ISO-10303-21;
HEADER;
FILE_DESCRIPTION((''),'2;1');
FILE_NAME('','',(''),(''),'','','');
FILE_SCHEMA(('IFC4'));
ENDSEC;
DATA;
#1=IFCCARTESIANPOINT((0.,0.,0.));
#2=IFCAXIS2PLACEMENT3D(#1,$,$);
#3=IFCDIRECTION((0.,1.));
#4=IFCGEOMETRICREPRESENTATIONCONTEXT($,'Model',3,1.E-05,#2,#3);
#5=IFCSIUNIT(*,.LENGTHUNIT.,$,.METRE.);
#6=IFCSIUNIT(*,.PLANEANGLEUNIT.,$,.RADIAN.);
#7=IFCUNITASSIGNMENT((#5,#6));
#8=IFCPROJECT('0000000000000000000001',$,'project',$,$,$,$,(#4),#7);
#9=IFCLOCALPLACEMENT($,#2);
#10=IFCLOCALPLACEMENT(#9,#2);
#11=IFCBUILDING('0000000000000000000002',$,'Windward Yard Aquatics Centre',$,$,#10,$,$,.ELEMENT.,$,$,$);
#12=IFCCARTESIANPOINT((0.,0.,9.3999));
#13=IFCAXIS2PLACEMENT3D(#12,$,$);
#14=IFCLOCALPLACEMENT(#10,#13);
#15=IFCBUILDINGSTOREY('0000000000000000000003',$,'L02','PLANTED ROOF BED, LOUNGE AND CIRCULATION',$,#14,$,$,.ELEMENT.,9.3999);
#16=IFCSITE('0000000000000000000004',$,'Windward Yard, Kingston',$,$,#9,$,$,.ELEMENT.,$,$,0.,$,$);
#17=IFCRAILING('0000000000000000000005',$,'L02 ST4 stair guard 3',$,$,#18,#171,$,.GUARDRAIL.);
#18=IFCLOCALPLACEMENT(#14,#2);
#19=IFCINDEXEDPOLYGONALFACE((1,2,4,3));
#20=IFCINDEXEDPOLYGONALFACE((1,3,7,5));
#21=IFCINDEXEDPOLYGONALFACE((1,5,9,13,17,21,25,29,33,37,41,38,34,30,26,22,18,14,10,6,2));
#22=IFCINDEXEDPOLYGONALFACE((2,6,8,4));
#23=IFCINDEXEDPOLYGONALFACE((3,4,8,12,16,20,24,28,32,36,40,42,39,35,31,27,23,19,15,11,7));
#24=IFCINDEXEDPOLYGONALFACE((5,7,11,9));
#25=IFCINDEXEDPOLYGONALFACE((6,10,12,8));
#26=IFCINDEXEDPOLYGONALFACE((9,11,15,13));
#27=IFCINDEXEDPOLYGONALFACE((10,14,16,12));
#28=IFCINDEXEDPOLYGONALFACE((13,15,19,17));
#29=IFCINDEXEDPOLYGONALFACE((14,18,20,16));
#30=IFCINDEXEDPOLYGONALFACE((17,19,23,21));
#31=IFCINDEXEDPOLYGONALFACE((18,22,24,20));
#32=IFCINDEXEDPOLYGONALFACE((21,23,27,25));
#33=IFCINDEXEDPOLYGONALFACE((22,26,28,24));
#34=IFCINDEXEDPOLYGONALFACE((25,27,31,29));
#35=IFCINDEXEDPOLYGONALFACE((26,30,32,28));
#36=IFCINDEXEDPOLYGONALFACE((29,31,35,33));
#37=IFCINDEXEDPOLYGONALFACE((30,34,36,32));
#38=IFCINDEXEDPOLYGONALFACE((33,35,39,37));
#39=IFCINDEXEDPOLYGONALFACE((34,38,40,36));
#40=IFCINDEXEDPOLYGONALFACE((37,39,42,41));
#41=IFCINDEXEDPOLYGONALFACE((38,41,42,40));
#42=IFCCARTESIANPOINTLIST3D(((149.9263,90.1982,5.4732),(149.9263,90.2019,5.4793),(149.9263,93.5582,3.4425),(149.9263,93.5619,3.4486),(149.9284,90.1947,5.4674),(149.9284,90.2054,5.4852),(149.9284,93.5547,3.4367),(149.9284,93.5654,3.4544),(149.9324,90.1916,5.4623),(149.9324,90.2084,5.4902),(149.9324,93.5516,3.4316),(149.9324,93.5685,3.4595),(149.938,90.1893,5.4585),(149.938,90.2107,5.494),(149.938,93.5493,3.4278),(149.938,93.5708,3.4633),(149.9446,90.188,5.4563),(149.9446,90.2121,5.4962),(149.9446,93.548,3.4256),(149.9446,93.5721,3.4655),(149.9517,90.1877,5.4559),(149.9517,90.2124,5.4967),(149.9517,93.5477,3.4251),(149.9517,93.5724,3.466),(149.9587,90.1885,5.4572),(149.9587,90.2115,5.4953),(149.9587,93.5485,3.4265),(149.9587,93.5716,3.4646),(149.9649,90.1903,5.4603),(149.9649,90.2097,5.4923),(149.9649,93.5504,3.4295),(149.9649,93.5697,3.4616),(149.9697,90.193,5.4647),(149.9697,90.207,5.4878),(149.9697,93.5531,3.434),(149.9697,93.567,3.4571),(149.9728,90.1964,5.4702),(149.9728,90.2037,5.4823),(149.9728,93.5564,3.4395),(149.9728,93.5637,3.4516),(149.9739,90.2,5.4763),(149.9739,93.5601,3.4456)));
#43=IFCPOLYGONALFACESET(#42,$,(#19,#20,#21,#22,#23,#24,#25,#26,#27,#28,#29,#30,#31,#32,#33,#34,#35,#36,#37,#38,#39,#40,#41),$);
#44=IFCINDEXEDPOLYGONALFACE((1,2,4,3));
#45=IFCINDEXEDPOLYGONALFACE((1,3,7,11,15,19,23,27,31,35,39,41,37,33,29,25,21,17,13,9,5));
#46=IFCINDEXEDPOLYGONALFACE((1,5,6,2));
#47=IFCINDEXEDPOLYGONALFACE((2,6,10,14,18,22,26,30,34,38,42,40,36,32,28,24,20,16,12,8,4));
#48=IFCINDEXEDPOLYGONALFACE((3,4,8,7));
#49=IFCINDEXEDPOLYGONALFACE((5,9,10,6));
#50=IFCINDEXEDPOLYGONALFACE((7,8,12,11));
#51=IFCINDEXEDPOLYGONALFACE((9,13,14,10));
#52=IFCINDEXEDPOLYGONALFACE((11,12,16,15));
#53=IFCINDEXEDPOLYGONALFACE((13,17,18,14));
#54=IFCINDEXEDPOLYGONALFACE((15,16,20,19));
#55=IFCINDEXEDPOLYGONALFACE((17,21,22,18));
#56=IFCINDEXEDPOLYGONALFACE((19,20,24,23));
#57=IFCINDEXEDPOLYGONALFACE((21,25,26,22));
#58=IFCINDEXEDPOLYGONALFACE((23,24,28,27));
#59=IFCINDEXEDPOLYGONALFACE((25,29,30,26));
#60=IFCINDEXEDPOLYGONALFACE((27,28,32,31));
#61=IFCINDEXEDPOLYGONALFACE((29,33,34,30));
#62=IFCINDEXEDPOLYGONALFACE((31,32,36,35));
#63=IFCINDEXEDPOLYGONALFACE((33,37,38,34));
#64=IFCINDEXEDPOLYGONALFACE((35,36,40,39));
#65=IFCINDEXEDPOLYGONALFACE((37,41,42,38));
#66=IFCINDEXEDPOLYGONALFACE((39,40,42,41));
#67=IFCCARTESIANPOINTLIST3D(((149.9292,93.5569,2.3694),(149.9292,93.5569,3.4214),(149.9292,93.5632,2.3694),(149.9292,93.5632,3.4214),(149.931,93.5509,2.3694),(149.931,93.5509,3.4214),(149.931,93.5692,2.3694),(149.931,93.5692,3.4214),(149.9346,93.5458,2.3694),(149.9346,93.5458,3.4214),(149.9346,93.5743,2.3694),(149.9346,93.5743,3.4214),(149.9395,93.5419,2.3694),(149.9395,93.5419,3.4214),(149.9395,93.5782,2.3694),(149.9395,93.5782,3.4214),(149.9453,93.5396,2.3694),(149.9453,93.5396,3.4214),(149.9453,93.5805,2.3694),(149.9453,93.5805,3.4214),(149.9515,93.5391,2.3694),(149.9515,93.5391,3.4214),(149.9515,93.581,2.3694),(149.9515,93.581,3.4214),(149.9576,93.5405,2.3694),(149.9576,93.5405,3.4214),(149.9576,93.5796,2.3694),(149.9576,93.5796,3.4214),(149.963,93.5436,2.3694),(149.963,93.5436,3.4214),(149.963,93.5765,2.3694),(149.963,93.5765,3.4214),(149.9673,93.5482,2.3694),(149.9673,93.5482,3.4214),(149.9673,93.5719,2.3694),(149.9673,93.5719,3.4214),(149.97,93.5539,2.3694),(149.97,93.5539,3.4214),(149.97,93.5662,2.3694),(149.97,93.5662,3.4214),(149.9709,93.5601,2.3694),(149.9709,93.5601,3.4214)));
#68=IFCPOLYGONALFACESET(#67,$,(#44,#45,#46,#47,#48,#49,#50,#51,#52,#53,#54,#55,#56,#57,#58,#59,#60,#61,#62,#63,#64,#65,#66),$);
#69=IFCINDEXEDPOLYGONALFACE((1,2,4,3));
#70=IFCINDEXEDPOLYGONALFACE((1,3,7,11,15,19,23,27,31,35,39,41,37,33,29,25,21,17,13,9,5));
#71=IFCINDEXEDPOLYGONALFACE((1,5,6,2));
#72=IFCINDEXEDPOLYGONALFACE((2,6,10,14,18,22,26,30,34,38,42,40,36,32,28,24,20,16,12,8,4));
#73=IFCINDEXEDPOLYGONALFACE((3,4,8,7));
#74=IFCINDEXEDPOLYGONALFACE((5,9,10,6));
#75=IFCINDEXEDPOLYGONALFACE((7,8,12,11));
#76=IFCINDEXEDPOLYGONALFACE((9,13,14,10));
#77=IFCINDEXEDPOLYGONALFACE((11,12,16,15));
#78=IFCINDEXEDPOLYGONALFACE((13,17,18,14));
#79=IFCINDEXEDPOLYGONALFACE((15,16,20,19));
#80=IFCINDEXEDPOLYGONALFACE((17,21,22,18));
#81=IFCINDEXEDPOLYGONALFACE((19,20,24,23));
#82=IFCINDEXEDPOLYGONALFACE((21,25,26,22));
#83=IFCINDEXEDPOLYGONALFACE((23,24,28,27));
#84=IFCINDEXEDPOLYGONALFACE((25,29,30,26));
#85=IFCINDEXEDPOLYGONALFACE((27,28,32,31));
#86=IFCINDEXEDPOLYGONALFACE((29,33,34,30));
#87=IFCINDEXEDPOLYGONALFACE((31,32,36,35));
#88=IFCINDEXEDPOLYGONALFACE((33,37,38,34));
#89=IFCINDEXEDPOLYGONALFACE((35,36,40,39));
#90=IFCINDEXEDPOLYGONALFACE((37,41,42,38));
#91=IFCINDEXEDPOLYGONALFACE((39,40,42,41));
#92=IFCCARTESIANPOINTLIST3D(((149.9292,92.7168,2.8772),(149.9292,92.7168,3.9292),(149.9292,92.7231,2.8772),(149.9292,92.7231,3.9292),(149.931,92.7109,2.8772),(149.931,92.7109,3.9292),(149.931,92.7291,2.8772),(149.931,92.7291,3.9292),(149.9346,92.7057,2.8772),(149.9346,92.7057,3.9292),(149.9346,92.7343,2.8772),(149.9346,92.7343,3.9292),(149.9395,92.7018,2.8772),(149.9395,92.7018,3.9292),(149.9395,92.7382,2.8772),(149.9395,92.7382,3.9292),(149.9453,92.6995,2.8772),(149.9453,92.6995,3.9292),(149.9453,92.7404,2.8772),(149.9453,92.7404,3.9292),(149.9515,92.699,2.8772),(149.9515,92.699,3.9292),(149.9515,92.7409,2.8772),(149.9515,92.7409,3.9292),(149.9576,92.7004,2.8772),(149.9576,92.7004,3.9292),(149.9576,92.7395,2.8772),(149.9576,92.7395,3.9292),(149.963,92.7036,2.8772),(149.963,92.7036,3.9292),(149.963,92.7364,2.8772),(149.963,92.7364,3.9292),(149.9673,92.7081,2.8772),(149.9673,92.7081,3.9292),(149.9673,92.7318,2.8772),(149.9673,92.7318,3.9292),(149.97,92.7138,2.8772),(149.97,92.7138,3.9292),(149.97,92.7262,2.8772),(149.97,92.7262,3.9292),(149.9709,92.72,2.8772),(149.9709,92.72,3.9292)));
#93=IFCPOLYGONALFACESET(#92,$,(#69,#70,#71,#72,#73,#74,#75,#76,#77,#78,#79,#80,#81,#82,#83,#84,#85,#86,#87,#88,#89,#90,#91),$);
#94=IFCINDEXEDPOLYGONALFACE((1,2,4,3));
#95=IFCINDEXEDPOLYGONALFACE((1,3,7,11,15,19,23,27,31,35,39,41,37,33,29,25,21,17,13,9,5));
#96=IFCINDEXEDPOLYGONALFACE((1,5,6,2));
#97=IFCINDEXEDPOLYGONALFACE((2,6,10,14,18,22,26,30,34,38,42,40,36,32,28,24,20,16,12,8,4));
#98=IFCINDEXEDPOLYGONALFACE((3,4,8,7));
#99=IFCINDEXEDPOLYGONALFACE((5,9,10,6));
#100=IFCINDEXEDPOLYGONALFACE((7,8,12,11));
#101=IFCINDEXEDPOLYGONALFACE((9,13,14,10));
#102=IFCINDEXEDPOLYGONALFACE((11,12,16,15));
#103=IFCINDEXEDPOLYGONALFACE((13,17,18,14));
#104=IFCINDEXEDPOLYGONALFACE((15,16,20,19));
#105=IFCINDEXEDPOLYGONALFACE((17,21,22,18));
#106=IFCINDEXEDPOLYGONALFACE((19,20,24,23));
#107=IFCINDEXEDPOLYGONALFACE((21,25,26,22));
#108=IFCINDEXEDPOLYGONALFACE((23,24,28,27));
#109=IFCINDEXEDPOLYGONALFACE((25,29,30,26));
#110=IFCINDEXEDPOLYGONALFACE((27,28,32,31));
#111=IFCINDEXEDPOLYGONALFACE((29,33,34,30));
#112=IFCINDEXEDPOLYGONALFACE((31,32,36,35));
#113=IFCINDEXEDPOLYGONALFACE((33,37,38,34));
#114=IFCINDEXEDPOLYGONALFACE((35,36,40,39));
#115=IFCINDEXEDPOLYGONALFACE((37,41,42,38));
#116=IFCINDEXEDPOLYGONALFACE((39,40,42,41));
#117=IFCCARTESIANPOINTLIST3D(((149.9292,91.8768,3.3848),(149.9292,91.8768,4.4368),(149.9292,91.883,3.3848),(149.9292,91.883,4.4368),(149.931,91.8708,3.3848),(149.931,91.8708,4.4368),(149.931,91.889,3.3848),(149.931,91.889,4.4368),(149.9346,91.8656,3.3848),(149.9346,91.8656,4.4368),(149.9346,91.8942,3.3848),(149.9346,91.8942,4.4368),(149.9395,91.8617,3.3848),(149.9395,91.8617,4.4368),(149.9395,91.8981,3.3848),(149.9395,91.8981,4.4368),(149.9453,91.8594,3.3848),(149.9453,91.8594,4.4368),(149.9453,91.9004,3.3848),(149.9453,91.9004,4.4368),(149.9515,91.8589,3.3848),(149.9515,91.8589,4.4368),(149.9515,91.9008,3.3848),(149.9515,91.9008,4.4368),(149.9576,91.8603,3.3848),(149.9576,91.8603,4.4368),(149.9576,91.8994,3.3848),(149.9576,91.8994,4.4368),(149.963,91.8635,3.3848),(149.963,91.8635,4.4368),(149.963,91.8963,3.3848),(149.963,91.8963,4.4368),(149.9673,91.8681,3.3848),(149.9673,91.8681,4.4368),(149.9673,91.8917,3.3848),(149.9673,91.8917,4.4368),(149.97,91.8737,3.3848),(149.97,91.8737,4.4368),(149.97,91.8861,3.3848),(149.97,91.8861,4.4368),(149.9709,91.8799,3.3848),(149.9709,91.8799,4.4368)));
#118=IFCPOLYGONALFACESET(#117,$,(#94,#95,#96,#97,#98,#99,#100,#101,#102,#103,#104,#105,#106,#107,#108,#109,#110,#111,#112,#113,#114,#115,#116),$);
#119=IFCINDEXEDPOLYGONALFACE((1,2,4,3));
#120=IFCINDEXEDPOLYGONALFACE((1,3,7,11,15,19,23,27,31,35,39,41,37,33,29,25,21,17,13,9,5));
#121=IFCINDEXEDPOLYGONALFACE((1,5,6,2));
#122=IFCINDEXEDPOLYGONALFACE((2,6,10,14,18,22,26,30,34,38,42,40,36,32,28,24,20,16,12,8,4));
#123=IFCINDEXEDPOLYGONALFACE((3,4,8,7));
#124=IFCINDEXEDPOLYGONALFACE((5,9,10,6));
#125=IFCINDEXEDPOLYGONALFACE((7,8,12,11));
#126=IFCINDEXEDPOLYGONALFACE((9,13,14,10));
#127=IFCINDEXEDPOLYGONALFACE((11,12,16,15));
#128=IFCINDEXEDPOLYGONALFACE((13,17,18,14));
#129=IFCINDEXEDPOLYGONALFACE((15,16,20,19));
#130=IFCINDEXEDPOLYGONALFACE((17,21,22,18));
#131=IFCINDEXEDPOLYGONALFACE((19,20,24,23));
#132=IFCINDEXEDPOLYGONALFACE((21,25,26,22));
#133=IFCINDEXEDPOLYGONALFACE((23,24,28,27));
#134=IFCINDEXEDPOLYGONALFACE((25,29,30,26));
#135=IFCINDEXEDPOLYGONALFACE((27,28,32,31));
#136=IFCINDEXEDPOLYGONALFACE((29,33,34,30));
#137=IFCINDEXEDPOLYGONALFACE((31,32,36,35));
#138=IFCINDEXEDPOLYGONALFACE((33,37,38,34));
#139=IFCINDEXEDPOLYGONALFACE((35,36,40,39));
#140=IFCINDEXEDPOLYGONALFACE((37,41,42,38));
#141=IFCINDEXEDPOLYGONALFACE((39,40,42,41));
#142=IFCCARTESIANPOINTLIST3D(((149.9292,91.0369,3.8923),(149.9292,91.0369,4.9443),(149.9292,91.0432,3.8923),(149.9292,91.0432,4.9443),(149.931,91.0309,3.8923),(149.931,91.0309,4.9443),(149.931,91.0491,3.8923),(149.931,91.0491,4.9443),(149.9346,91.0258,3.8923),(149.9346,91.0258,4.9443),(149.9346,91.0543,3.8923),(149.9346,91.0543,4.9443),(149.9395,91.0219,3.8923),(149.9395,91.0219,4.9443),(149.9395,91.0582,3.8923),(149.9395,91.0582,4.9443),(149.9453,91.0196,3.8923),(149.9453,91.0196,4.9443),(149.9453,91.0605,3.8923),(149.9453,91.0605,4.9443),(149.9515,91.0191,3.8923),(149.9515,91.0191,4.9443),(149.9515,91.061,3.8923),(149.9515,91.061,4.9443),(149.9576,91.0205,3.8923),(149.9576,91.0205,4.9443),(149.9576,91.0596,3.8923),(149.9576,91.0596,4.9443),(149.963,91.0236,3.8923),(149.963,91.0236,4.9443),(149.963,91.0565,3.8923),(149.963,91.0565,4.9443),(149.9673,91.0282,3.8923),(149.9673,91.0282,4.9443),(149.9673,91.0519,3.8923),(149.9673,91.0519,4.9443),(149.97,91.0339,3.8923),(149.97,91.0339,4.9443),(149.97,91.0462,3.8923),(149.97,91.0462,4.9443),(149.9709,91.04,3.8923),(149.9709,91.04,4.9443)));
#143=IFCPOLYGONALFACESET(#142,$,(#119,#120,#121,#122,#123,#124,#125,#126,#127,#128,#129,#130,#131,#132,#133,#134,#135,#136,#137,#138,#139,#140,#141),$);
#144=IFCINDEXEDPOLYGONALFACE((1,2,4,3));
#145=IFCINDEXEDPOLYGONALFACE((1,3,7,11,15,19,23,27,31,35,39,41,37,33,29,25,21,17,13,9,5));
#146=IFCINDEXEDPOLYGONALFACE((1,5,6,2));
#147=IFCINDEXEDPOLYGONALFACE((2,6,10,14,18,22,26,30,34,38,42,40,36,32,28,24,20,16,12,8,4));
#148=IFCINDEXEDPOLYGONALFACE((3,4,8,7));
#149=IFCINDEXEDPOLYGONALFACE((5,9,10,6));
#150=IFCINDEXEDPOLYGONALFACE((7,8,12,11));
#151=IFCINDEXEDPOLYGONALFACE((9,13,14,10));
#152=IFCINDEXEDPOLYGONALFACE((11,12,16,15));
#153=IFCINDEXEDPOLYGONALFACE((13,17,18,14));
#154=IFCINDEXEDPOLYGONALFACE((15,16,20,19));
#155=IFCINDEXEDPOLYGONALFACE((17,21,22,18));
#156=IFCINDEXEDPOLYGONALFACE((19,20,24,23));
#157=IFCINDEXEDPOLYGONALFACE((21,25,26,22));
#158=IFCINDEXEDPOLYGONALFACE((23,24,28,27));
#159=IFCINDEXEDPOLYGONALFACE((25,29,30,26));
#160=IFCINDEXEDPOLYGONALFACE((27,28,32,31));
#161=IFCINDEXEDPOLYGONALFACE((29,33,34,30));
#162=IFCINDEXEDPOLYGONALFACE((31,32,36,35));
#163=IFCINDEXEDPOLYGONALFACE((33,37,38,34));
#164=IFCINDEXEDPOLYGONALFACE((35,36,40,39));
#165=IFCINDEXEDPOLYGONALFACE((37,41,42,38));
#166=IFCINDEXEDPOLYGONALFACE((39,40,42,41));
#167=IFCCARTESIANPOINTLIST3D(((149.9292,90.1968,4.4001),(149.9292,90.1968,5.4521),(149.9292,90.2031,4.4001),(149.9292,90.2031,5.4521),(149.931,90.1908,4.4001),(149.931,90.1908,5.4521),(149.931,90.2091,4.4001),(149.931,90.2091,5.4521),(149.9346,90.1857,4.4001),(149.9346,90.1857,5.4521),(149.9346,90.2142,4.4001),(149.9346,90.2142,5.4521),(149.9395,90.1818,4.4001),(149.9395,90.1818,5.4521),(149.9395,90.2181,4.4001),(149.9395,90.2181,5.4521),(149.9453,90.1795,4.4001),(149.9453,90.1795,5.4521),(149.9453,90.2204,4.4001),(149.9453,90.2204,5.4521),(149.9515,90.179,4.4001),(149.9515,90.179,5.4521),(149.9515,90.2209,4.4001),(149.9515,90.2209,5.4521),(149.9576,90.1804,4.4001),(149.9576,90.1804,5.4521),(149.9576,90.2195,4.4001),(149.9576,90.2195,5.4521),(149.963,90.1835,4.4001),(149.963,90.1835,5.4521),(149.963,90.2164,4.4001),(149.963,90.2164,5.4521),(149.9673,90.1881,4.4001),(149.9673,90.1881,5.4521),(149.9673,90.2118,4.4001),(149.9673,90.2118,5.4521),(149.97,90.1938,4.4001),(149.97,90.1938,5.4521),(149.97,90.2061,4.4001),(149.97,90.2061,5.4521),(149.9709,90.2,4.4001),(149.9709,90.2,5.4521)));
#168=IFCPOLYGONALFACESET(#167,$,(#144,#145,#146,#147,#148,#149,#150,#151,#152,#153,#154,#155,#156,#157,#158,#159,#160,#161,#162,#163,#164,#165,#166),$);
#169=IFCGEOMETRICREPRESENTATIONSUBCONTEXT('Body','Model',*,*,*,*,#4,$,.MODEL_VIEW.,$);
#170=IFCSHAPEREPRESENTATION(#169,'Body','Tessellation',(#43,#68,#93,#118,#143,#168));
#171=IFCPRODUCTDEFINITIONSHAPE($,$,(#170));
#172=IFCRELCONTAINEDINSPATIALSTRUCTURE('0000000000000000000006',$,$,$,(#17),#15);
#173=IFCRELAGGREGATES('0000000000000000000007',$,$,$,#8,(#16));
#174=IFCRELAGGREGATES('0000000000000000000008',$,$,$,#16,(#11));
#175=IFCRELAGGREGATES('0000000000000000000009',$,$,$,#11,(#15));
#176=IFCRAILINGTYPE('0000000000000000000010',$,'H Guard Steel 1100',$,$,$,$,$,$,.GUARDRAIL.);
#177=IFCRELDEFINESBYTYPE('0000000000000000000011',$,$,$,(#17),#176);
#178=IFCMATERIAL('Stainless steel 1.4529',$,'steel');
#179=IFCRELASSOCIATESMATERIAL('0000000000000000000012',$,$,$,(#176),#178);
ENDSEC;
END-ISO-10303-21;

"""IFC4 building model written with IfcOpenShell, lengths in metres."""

from ifc_helpers import new_model, si_unit, direction, frame, origin, origin_2d, place, context, subcontext, project, spatial, circle, extrude, material, type_object, element, save


model = new_model("IFC4")

# Units and contexts
model_context = context("Model", 3, precision=1e-05, world=origin(), true_north=direction((0.0, 1.0)))
body_context = subcontext(model_context, "Body", "Model", "MODEL_VIEW")
ifc_project = project(units=[si_unit("LENGTHUNIT", "METRE"), si_unit("PLANEANGLEUNIT", "RADIAN")], contexts=[model_context])

# Site, building, storey
site_placement = place(None, origin())
site = spatial("IfcSite", under=ifc_project, at=site_placement, Name="Windward Yard, Kingston", CompositionType="ELEMENT", RefElevation=0.0)
building_placement = place(site_placement, origin())
building = spatial("IfcBuilding", under=site, at=building_placement, Name="Windward Yard Aquatics Centre", CompositionType="ELEMENT")
storey_placement = place(building_placement, frame((0.0, 0.0, 9.3999)))
storey = spatial("IfcBuildingStorey", under=building, at=storey_placement, Name="L02", Description="PLANTED ROOF BED, LOUNGE AND CIRCULATION", CompositionType="ELEMENT", Elevation=9.3999)

# Railing
ifc_material_1 = material(Name="Stainless steel 1.4529", Category="steel")
railing_type_1 = type_object("IfcRailingType", Name="H Guard Steel 1100", PredefinedType="GUARDRAIL", material=ifc_material_1)
railing_1_placement = place(storey_placement, frame((149.95, 93.5601, 2.3694)))
element("IfcRailing", 1, at=railing_1_placement, inside=storey, type_object=railing_type_1, Name="L02 ST4 stair guard 3", PredefinedType="GUARDRAIL", context=body_context, shape_type="SweptSolid", body=[
    extrude(circle(Radius=0.0239, at=origin_2d()), frame((0.0, 0.0, 1.0762), z_axis=(0.0, -0.855837, 0.517246), x_axis=(1.0, 0.0, 0.0)), (0.0, 0.0, 1.0), 3.926),
    extrude(circle(Radius=0.021, at=origin_2d()), origin(), (0.0, 0.0, 1.0), 1.052),
    extrude(circle(Radius=0.021, at=origin_2d()), frame((0.0, -0.8401, 0.5078)), (0.0, 0.0, 1.0), 1.052),
    extrude(circle(Radius=0.021, at=origin_2d()), frame((0.0, -1.6802, 1.0154)), (0.0, 0.0, 1.0), 1.052),
    extrude(circle(Radius=0.021, at=origin_2d()), frame((0.0, -2.52, 1.5229)), (0.0, 0.0, 1.0), 1.052),
    extrude(circle(Radius=0.021, at=origin_2d()), frame((0.0, -3.3601, 2.0308)), (0.0, 0.0, 1.0), 1.052),
])

save(model, "model.ifc")
